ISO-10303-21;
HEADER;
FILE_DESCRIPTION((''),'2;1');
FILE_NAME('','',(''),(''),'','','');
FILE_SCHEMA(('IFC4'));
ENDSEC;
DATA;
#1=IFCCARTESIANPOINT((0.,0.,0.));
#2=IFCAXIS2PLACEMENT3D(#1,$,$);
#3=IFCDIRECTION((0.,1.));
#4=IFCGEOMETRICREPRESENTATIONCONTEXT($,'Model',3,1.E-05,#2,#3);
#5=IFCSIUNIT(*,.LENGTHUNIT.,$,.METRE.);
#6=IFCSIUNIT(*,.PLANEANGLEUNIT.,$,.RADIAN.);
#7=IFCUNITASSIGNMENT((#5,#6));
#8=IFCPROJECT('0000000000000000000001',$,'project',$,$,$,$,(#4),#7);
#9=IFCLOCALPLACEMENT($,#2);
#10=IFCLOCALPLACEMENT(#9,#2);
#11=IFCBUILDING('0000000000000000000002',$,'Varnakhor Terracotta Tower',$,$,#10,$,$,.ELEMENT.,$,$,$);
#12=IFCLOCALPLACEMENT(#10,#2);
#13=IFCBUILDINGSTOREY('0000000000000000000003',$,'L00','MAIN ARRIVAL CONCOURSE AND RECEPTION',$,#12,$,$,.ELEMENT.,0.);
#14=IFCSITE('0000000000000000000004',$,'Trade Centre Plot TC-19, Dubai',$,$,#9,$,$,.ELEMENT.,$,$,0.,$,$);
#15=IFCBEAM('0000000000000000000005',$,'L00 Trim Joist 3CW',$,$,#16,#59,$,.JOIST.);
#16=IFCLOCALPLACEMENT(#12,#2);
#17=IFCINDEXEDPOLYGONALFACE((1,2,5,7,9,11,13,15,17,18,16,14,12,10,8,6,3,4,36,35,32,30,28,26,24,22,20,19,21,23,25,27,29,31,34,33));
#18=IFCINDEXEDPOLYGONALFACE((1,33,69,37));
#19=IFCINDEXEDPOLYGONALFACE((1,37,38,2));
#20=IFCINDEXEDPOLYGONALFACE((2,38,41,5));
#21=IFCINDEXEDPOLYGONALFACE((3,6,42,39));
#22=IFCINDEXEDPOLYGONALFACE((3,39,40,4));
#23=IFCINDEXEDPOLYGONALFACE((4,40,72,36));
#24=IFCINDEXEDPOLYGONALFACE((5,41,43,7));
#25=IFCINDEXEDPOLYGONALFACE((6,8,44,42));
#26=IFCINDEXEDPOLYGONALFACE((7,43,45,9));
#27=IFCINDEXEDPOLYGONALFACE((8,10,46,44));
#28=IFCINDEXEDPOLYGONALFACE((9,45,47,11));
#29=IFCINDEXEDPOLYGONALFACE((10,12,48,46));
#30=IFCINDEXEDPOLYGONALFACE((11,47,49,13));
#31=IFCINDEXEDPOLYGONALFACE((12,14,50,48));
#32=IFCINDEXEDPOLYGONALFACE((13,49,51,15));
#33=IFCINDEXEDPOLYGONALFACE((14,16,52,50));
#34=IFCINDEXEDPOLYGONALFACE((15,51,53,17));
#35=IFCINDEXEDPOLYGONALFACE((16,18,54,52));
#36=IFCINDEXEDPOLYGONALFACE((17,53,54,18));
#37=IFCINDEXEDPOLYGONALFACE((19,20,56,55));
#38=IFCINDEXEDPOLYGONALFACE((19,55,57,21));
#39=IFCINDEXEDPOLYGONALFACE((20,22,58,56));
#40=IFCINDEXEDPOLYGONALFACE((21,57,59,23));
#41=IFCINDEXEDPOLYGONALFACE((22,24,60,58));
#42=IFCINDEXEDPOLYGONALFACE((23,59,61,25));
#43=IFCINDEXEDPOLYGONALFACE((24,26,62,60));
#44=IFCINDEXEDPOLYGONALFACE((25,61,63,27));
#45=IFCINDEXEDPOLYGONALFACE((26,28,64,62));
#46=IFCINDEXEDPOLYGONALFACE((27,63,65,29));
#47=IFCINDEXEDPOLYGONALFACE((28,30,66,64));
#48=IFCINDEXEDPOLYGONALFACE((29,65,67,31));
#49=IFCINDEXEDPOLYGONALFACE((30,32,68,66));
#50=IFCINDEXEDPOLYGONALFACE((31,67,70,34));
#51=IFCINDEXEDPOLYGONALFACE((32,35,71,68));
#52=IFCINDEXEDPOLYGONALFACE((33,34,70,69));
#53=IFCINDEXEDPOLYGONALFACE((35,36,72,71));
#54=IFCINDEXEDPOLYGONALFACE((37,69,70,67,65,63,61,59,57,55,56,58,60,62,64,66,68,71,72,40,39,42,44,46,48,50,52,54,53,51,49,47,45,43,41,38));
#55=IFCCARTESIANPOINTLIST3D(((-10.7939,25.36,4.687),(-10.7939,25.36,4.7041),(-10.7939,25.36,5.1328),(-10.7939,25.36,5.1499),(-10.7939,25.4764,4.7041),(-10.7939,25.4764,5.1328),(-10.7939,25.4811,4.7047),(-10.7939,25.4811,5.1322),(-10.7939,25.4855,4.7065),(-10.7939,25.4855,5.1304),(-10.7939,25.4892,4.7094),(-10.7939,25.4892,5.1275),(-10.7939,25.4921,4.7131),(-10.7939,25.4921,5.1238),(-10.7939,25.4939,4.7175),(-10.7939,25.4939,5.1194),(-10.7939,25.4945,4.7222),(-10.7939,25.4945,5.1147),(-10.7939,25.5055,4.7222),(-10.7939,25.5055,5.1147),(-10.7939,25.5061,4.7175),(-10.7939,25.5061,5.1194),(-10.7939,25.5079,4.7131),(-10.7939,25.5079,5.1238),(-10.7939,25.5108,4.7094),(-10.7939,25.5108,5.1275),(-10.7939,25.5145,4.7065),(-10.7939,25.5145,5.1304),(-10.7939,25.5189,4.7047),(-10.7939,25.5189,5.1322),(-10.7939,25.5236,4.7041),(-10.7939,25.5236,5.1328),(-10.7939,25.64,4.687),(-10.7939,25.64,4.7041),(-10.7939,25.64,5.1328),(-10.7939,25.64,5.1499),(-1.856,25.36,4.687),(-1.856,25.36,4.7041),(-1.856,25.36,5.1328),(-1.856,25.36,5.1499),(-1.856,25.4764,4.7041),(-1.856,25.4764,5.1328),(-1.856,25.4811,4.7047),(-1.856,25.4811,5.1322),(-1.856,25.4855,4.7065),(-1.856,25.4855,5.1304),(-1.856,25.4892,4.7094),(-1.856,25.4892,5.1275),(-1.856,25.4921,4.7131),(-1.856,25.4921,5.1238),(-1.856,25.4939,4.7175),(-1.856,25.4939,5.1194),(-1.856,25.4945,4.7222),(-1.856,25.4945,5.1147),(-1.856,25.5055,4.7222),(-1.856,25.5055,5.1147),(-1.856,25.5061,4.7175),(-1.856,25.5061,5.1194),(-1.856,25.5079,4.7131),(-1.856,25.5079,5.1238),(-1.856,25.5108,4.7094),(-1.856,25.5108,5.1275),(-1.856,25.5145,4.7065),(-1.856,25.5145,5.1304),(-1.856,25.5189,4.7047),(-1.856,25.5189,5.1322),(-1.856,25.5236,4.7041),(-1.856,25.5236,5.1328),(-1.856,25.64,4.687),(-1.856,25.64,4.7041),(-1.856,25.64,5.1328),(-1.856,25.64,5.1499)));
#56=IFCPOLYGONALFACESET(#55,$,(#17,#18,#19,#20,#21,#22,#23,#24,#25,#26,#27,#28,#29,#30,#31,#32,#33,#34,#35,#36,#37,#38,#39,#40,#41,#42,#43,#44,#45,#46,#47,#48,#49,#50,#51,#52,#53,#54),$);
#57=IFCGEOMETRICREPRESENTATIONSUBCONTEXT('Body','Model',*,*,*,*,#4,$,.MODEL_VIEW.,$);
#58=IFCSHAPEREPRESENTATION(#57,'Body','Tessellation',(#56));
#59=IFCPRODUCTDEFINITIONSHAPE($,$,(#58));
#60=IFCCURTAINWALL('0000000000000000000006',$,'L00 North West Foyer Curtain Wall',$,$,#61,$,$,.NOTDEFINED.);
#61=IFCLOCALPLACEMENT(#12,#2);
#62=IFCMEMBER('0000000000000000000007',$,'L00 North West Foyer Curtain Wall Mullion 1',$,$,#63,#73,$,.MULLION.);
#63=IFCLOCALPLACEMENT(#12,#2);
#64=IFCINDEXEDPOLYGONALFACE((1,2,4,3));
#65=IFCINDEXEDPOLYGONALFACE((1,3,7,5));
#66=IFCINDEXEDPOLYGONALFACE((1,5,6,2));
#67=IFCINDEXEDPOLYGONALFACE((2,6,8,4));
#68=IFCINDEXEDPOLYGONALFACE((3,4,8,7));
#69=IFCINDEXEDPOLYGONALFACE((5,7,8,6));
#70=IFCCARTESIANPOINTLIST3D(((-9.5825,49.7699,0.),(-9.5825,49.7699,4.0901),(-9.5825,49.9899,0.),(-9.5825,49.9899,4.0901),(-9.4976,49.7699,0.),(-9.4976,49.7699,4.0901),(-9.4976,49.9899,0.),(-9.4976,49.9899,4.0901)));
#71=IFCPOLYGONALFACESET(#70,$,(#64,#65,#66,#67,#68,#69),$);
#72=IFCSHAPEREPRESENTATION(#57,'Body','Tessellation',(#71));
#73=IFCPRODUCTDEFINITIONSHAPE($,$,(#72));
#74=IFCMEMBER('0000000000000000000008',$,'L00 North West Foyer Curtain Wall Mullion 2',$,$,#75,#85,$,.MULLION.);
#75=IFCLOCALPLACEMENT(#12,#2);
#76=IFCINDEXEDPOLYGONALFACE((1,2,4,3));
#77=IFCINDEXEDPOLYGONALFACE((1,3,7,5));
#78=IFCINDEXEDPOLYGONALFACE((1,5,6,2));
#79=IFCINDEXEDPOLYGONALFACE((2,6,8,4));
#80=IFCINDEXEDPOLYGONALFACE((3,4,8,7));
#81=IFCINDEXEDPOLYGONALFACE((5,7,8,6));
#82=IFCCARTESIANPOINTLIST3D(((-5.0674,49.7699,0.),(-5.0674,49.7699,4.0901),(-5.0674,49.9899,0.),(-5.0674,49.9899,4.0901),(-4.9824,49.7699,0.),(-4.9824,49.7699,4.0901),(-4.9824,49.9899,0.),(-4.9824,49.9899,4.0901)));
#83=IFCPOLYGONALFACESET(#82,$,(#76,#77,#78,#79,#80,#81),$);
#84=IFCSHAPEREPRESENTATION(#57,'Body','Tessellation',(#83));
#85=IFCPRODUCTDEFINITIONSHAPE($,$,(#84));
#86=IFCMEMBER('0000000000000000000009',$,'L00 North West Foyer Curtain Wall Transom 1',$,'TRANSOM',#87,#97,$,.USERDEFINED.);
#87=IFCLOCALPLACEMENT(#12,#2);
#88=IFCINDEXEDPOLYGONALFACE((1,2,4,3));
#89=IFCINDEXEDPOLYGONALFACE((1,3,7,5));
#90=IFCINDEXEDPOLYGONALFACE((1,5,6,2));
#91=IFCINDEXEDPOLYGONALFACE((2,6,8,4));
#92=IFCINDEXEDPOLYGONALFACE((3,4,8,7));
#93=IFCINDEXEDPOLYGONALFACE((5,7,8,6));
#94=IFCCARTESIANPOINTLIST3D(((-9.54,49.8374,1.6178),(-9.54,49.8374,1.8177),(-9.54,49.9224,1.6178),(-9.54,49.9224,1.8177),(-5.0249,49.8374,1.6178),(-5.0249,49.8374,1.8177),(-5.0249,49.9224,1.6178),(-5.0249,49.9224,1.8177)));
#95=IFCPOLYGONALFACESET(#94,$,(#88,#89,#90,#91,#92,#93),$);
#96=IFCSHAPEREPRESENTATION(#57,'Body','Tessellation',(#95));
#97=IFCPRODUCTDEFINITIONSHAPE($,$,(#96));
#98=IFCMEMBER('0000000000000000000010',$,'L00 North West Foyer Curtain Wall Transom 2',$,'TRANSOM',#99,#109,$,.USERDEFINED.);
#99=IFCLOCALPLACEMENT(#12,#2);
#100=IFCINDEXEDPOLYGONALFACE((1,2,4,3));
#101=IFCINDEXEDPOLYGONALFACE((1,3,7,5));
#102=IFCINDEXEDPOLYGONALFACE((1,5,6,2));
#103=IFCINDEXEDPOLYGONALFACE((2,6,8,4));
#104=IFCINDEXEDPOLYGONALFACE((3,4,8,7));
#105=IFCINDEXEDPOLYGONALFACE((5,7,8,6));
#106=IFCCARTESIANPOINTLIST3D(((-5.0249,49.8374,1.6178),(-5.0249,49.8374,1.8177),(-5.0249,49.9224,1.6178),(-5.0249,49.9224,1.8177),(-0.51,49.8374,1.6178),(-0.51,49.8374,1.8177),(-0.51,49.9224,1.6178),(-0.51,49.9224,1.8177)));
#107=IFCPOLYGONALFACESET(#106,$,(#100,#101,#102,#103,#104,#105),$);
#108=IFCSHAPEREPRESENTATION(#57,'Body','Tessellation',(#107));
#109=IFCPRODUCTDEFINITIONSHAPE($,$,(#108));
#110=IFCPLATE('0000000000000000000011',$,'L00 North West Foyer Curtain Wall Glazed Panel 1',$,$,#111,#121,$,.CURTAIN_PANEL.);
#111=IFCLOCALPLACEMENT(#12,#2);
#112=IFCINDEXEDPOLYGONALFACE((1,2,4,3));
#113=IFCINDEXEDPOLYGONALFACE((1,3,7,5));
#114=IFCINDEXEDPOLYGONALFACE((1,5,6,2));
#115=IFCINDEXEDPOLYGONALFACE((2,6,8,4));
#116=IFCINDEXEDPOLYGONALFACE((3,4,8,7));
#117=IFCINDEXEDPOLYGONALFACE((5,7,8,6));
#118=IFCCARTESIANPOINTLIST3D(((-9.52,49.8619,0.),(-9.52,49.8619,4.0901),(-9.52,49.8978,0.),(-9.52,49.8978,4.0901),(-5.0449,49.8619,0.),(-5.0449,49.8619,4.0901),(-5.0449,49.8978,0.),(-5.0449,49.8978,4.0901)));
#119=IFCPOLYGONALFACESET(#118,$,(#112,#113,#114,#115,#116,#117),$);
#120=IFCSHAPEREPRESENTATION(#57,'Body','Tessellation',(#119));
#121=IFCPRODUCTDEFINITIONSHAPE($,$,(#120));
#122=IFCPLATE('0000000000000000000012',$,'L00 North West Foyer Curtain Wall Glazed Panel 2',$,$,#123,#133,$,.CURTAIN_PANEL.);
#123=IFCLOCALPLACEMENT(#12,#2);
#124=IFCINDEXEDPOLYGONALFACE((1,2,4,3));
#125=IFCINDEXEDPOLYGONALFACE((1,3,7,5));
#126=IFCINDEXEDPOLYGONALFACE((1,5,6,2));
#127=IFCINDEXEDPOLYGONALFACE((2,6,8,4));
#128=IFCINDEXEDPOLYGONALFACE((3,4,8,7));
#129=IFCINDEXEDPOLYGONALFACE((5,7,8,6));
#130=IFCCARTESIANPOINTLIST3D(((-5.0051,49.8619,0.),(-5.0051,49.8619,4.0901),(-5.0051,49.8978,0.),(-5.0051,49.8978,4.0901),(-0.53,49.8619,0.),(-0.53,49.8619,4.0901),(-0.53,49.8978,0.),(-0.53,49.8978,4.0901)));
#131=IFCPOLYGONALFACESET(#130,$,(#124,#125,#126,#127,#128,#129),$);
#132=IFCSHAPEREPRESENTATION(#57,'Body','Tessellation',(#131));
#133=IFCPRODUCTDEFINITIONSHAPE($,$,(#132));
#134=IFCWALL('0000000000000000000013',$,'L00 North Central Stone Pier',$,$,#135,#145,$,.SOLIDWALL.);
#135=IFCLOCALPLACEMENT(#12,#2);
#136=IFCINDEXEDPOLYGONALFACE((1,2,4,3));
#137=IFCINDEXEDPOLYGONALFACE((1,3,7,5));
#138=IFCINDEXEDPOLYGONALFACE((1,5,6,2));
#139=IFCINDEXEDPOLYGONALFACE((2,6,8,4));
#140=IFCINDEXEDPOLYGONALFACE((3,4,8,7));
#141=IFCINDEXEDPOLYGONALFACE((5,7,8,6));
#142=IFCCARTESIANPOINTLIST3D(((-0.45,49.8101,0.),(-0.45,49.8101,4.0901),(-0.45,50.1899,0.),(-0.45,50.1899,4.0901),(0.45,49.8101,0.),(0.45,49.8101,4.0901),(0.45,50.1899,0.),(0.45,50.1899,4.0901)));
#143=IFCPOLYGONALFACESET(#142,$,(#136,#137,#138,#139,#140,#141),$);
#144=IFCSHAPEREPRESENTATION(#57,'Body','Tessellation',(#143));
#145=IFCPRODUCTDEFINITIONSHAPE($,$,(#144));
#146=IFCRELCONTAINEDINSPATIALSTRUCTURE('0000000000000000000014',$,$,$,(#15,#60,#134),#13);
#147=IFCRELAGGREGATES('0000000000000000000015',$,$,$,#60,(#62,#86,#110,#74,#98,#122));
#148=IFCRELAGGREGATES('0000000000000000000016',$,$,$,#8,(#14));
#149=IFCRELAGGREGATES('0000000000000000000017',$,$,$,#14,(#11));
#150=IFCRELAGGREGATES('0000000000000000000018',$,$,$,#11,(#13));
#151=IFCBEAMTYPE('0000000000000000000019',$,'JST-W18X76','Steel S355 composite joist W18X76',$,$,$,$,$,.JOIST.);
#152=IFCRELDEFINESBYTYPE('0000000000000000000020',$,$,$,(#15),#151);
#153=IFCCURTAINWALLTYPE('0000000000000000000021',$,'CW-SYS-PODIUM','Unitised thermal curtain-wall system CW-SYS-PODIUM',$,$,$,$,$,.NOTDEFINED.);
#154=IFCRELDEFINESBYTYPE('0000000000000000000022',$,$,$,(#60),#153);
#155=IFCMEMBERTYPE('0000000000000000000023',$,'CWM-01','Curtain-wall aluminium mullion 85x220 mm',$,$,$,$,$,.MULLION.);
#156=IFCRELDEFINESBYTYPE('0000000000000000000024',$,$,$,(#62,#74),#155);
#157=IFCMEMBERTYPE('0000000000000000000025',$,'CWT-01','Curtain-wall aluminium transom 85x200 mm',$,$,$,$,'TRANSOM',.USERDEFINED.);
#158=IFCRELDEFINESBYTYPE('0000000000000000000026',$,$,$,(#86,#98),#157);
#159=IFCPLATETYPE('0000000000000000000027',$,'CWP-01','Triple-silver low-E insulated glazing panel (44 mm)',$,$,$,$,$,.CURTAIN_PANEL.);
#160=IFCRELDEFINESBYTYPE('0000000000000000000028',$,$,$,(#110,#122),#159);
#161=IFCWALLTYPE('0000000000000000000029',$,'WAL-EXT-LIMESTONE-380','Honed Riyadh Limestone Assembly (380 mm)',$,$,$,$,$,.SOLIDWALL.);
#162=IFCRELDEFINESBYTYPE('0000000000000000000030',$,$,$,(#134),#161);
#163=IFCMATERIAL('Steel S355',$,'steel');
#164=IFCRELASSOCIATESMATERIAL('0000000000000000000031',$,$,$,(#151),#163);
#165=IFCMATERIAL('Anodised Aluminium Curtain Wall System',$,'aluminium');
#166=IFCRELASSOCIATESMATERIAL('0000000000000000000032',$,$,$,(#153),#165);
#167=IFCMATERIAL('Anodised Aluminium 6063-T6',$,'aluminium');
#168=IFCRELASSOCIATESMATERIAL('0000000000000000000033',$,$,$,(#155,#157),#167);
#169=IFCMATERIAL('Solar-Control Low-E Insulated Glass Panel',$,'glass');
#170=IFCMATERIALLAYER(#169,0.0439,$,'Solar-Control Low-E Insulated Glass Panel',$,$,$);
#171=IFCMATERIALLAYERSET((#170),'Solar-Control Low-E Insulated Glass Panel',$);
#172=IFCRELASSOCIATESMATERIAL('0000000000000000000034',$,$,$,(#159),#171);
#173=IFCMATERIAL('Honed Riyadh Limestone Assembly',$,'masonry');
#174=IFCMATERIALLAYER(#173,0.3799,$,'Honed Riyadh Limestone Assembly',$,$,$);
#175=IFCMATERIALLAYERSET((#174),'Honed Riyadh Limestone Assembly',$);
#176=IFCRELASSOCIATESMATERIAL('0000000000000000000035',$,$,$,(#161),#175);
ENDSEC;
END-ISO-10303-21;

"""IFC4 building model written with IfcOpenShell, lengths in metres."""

from ifc_helpers import new_model, si_unit, direction, frame, frame_2d, origin, origin_2d, place, context, subcontext, project, spatial, rectangle, i_section, extrude, source, transform, mapped, material, layer, layer_set, material_profile, profile_set, type_object, type_shapes, element, aggregate, save


model = new_model("IFC4")

# Units and contexts
model_context = context("Model", 3, precision=1e-05, world=origin(), true_north=direction((0.0, 1.0)))
body_context = subcontext(model_context, "Body", "Model", "MODEL_VIEW")
ifc_project = project(units=[si_unit("LENGTHUNIT", "METRE"), si_unit("PLANEANGLEUNIT", "RADIAN")], contexts=[model_context])

# Site, building, storey
site_placement = place(None, origin())
site = spatial("IfcSite", under=ifc_project, at=site_placement, Name="Trade Centre Plot TC-19, Dubai", CompositionType="ELEMENT", RefElevation=0.0)
building_placement = place(site_placement, origin())
building = spatial("IfcBuilding", under=site, at=building_placement, Name="Varnakhor Terracotta Tower", CompositionType="ELEMENT")
storey_placement = place(building_placement, origin())
storey = spatial("IfcBuildingStorey", under=building, at=storey_placement, Name="L00", Description="MAIN ARRIVAL CONCOURSE AND RECEPTION", CompositionType="ELEMENT", Elevation=0.0)

# Shared definitions
ifc_material_1 = material(Name="Steel S355", Category="steel")

# Beam
ifc_material_profile_1 = material_profile(ifc_material_1, i_section(OverallWidth=0.28, OverallDepth=0.4629, WebThickness=0.011, FlangeThickness=0.0171, FilletRadius=0.0181, at=origin_2d()), Name="W18X76")
ifc_profile_set_1 = profile_set([ifc_material_profile_1], Name="Steel S355")
beam_type_1 = type_object("IfcBeamType", Name="JST-W18X76", Description="Steel S355 composite joist W18X76", PredefinedType="JOIST", material=ifc_profile_set_1)
shared_shape_1 = source(origin(), body_context, "Body", "SweptSolid", [
    extrude(i_section(OverallWidth=0.28, OverallDepth=0.4629, WebThickness=0.011, FlangeThickness=0.0171, FilletRadius=0.0181, at=origin_2d()), origin(), (0.0, 0.0, 1.0), 8.938),
])
for number, where, z_axis, x_axis, name in (
    (1, (-10.7939, 25.5, 4.9185), (1.0, 0.0, 0.0), (0.0, 1.0, 0.0), "L00 Trim Joist 3CW"),
):
    element("IfcBeam", number, at=place(storey_placement, frame(where, z_axis=z_axis, x_axis=x_axis)), inside=storey, type_object=beam_type_1, Name=name, PredefinedType="JOIST", context=body_context, shape_type="MappedRepresentation", body=[
        mapped(shared_shape_1, transform((0.0, 0.0, 0.0), scale=1.0)),
    ])

# Curtain wall, members, plates
ifc_material_2 = material(Name="Anodised Aluminium Curtain Wall System", Category="aluminium")
curtain_wall_type = type_object("IfcCurtainWallType", Name="CW-SYS-PODIUM", Description="Unitised thermal curtain-wall system CW-SYS-PODIUM", PredefinedType="NOTDEFINED", material=ifc_material_2)
curtain_wall_placement = place(storey_placement, origin())
curtain_wall = element("IfcCurtainWall", 2, at=curtain_wall_placement, inside=storey, type_object=curtain_wall_type, Name="L00 North West Foyer Curtain Wall", PredefinedType="NOTDEFINED")
ifc_material_3 = material(Name="Anodised Aluminium 6063-T6", Category="aluminium")
ifc_material_profile_2 = material_profile(ifc_material_3, rectangle(XDim=0.085, YDim=0.22, at=origin_2d()), Name="ALU MULLION 85x220")
ifc_profile_set_2 = profile_set([ifc_material_profile_2], Name="Anodised Aluminium 6063-T6")
member_type_1 = type_object("IfcMemberType", Name="CWM-01", Description="Curtain-wall aluminium mullion 85x220 mm", PredefinedType="MULLION", material=ifc_profile_set_2)
shared_shape_2 = source(origin(), body_context, "Body", "SweptSolid", [
    extrude(rectangle(XDim=0.085, YDim=0.22, at=origin_2d()), origin(), (0.0, 0.0, 1.0), 4.0901),
])
type_shapes(member_type_1, [shared_shape_2])
member_1_placement = place(storey_placement, frame((-9.54, 49.8799, 0.0), z_axis=(0.0, 0.0, 1.0), x_axis=(1.0, 0.0, 0.0)))
member_1 = element("IfcMember", 3, at=member_1_placement, type_object=member_type_1, Name="L00 North West Foyer Curtain Wall Mullion 1", PredefinedType="MULLION", context=body_context, shape_type="MappedRepresentation", body=[
    mapped(shared_shape_2, transform((0.0, 0.0, 0.0), scale=1.0)),
])
member_2_placement = place(storey_placement, frame((-5.0249, 49.8799, 0.0), z_axis=(0.0, 0.0, 1.0), x_axis=(1.0, 0.0, 0.0)))
member_2 = element("IfcMember", 4, at=member_2_placement, type_object=member_type_1, Name="L00 North West Foyer Curtain Wall Mullion 2", PredefinedType="MULLION", context=body_context, shape_type="MappedRepresentation", body=[
    mapped(shared_shape_2, transform((0.0, 0.0, 0.0), scale=1.0)),
])
ifc_material_profile_3 = material_profile(ifc_material_3, rectangle(XDim=0.085, YDim=0.2, at=origin_2d()), Name="ALU TRANSOM 85x200")
ifc_profile_set_3 = profile_set([ifc_material_profile_3], Name="Anodised Aluminium 6063-T6")
member_type_2 = type_object("IfcMemberType", Name="CWT-01", Description="Curtain-wall aluminium transom 85x200 mm", ElementType="TRANSOM", PredefinedType="USERDEFINED", material=ifc_profile_set_3)
shared_shape_3 = source(origin(), body_context, "Body", "SweptSolid", [
    extrude(rectangle(XDim=0.085, YDim=0.2, at=origin_2d()), origin(), (0.0, 0.0, 1.0), 4.5151),
])
type_shapes(member_type_2, [shared_shape_3])
member_3_placement = place(storey_placement, frame((-9.54, 49.8799, 1.7178), z_axis=(1.0, 0.0, 0.0), x_axis=(0.0, 1.0, 0.0)))
member_3 = element("IfcMember", 5, at=member_3_placement, type_object=member_type_2, Name="L00 North West Foyer Curtain Wall Transom 1", ObjectType="TRANSOM", PredefinedType="USERDEFINED", context=body_context, shape_type="MappedRepresentation", body=[
    mapped(shared_shape_3, transform((0.0, 0.0, 0.0), scale=1.0)),
])
shared_shape_4 = source(origin(), body_context, "Body", "SweptSolid", [
    extrude(rectangle(XDim=0.085, YDim=0.2, at=origin_2d()), origin(), (0.0, 0.0, 1.0), 4.5149),
])
member_4_placement = place(storey_placement, frame((-5.0249, 49.8799, 1.7178), z_axis=(1.0, 0.0, 0.0), x_axis=(0.0, 1.0, 0.0)))
member_4 = element("IfcMember", 6, at=member_4_placement, type_object=member_type_2, Name="L00 North West Foyer Curtain Wall Transom 2", ObjectType="TRANSOM", PredefinedType="USERDEFINED", context=body_context, shape_type="MappedRepresentation", body=[
    mapped(shared_shape_4, transform((0.0, 0.0, 0.0), scale=1.0)),
])
ifc_material_4 = material(Name="Solar-Control Low-E Insulated Glass Panel", Category="glass")
ifc_layer_1 = layer(ifc_material_4, 0.0439, Name="Solar-Control Low-E Insulated Glass Panel")
ifc_layer_set_1 = layer_set([ifc_layer_1], Name="Solar-Control Low-E Insulated Glass Panel")
plate_type = type_object("IfcPlateType", Name="CWP-01", Description="Triple-silver low-E insulated glazing panel (44 mm)", PredefinedType="CURTAIN_PANEL", material=ifc_layer_set_1)
shared_shape_5 = source(origin(), body_context, "Body", "SweptSolid", [
    extrude(rectangle(XDim=4.4751, YDim=0.0359, at=origin_2d()), origin(), (0.0, 0.0, 1.0), 4.0901),
])
type_shapes(plate_type, [shared_shape_5])
plate_1_placement = place(storey_placement, frame((-7.2825, 49.8799, 0.0), z_axis=(0.0, 0.0, 1.0), x_axis=(1.0, 0.0, 0.0)))
plate_1 = element("IfcPlate", 7, at=plate_1_placement, type_object=plate_type, Name="L00 North West Foyer Curtain Wall Glazed Panel 1", PredefinedType="CURTAIN_PANEL", context=body_context, shape_type="MappedRepresentation", body=[
    mapped(shared_shape_5, transform((0.0, 0.0, 0.0), scale=1.0)),
])
plate_2_placement = place(storey_placement, frame((-2.7676, 49.8799, 0.0), z_axis=(0.0, 0.0, 1.0), x_axis=(1.0, 0.0, 0.0)))
plate_2 = element("IfcPlate", 8, at=plate_2_placement, type_object=plate_type, Name="L00 North West Foyer Curtain Wall Glazed Panel 2", PredefinedType="CURTAIN_PANEL", context=body_context, shape_type="MappedRepresentation", body=[
    mapped(shared_shape_5, transform((0.0, 0.0, 0.0), scale=1.0)),
])
aggregate(curtain_wall, [member_1, member_3, plate_1, member_2, member_4, plate_2])

# Wall
ifc_material_5 = material(Name="Honed Riyadh Limestone Assembly", Category="masonry")
ifc_layer_2 = layer(ifc_material_5, 0.3799, Name="Honed Riyadh Limestone Assembly")
ifc_layer_set_2 = layer_set([ifc_layer_2], Name="Honed Riyadh Limestone Assembly")
wall_type = type_object("IfcWallType", Name="WAL-EXT-LIMESTONE-380", Description="Honed Riyadh Limestone Assembly (380 mm)", PredefinedType="SOLIDWALL", material=ifc_layer_set_2)
wall_placement = place(storey_placement, frame((-0.45, 50.0, 0.0), z_axis=(0.0, 0.0, 1.0), x_axis=(1.0, 0.0, 0.0)))
element("IfcWall", 9, at=wall_placement, inside=storey, type_object=wall_type, Name="L00 North Central Stone Pier", PredefinedType="SOLIDWALL", context=body_context, shape_type="SweptSolid", body=[
    extrude(rectangle(XDim=0.8999, YDim=0.3799, at=frame_2d((0.45, 0.0))), origin(), (0.0, 0.0, 1.0), 4.0901),
])

save(model, "model.ifc")
